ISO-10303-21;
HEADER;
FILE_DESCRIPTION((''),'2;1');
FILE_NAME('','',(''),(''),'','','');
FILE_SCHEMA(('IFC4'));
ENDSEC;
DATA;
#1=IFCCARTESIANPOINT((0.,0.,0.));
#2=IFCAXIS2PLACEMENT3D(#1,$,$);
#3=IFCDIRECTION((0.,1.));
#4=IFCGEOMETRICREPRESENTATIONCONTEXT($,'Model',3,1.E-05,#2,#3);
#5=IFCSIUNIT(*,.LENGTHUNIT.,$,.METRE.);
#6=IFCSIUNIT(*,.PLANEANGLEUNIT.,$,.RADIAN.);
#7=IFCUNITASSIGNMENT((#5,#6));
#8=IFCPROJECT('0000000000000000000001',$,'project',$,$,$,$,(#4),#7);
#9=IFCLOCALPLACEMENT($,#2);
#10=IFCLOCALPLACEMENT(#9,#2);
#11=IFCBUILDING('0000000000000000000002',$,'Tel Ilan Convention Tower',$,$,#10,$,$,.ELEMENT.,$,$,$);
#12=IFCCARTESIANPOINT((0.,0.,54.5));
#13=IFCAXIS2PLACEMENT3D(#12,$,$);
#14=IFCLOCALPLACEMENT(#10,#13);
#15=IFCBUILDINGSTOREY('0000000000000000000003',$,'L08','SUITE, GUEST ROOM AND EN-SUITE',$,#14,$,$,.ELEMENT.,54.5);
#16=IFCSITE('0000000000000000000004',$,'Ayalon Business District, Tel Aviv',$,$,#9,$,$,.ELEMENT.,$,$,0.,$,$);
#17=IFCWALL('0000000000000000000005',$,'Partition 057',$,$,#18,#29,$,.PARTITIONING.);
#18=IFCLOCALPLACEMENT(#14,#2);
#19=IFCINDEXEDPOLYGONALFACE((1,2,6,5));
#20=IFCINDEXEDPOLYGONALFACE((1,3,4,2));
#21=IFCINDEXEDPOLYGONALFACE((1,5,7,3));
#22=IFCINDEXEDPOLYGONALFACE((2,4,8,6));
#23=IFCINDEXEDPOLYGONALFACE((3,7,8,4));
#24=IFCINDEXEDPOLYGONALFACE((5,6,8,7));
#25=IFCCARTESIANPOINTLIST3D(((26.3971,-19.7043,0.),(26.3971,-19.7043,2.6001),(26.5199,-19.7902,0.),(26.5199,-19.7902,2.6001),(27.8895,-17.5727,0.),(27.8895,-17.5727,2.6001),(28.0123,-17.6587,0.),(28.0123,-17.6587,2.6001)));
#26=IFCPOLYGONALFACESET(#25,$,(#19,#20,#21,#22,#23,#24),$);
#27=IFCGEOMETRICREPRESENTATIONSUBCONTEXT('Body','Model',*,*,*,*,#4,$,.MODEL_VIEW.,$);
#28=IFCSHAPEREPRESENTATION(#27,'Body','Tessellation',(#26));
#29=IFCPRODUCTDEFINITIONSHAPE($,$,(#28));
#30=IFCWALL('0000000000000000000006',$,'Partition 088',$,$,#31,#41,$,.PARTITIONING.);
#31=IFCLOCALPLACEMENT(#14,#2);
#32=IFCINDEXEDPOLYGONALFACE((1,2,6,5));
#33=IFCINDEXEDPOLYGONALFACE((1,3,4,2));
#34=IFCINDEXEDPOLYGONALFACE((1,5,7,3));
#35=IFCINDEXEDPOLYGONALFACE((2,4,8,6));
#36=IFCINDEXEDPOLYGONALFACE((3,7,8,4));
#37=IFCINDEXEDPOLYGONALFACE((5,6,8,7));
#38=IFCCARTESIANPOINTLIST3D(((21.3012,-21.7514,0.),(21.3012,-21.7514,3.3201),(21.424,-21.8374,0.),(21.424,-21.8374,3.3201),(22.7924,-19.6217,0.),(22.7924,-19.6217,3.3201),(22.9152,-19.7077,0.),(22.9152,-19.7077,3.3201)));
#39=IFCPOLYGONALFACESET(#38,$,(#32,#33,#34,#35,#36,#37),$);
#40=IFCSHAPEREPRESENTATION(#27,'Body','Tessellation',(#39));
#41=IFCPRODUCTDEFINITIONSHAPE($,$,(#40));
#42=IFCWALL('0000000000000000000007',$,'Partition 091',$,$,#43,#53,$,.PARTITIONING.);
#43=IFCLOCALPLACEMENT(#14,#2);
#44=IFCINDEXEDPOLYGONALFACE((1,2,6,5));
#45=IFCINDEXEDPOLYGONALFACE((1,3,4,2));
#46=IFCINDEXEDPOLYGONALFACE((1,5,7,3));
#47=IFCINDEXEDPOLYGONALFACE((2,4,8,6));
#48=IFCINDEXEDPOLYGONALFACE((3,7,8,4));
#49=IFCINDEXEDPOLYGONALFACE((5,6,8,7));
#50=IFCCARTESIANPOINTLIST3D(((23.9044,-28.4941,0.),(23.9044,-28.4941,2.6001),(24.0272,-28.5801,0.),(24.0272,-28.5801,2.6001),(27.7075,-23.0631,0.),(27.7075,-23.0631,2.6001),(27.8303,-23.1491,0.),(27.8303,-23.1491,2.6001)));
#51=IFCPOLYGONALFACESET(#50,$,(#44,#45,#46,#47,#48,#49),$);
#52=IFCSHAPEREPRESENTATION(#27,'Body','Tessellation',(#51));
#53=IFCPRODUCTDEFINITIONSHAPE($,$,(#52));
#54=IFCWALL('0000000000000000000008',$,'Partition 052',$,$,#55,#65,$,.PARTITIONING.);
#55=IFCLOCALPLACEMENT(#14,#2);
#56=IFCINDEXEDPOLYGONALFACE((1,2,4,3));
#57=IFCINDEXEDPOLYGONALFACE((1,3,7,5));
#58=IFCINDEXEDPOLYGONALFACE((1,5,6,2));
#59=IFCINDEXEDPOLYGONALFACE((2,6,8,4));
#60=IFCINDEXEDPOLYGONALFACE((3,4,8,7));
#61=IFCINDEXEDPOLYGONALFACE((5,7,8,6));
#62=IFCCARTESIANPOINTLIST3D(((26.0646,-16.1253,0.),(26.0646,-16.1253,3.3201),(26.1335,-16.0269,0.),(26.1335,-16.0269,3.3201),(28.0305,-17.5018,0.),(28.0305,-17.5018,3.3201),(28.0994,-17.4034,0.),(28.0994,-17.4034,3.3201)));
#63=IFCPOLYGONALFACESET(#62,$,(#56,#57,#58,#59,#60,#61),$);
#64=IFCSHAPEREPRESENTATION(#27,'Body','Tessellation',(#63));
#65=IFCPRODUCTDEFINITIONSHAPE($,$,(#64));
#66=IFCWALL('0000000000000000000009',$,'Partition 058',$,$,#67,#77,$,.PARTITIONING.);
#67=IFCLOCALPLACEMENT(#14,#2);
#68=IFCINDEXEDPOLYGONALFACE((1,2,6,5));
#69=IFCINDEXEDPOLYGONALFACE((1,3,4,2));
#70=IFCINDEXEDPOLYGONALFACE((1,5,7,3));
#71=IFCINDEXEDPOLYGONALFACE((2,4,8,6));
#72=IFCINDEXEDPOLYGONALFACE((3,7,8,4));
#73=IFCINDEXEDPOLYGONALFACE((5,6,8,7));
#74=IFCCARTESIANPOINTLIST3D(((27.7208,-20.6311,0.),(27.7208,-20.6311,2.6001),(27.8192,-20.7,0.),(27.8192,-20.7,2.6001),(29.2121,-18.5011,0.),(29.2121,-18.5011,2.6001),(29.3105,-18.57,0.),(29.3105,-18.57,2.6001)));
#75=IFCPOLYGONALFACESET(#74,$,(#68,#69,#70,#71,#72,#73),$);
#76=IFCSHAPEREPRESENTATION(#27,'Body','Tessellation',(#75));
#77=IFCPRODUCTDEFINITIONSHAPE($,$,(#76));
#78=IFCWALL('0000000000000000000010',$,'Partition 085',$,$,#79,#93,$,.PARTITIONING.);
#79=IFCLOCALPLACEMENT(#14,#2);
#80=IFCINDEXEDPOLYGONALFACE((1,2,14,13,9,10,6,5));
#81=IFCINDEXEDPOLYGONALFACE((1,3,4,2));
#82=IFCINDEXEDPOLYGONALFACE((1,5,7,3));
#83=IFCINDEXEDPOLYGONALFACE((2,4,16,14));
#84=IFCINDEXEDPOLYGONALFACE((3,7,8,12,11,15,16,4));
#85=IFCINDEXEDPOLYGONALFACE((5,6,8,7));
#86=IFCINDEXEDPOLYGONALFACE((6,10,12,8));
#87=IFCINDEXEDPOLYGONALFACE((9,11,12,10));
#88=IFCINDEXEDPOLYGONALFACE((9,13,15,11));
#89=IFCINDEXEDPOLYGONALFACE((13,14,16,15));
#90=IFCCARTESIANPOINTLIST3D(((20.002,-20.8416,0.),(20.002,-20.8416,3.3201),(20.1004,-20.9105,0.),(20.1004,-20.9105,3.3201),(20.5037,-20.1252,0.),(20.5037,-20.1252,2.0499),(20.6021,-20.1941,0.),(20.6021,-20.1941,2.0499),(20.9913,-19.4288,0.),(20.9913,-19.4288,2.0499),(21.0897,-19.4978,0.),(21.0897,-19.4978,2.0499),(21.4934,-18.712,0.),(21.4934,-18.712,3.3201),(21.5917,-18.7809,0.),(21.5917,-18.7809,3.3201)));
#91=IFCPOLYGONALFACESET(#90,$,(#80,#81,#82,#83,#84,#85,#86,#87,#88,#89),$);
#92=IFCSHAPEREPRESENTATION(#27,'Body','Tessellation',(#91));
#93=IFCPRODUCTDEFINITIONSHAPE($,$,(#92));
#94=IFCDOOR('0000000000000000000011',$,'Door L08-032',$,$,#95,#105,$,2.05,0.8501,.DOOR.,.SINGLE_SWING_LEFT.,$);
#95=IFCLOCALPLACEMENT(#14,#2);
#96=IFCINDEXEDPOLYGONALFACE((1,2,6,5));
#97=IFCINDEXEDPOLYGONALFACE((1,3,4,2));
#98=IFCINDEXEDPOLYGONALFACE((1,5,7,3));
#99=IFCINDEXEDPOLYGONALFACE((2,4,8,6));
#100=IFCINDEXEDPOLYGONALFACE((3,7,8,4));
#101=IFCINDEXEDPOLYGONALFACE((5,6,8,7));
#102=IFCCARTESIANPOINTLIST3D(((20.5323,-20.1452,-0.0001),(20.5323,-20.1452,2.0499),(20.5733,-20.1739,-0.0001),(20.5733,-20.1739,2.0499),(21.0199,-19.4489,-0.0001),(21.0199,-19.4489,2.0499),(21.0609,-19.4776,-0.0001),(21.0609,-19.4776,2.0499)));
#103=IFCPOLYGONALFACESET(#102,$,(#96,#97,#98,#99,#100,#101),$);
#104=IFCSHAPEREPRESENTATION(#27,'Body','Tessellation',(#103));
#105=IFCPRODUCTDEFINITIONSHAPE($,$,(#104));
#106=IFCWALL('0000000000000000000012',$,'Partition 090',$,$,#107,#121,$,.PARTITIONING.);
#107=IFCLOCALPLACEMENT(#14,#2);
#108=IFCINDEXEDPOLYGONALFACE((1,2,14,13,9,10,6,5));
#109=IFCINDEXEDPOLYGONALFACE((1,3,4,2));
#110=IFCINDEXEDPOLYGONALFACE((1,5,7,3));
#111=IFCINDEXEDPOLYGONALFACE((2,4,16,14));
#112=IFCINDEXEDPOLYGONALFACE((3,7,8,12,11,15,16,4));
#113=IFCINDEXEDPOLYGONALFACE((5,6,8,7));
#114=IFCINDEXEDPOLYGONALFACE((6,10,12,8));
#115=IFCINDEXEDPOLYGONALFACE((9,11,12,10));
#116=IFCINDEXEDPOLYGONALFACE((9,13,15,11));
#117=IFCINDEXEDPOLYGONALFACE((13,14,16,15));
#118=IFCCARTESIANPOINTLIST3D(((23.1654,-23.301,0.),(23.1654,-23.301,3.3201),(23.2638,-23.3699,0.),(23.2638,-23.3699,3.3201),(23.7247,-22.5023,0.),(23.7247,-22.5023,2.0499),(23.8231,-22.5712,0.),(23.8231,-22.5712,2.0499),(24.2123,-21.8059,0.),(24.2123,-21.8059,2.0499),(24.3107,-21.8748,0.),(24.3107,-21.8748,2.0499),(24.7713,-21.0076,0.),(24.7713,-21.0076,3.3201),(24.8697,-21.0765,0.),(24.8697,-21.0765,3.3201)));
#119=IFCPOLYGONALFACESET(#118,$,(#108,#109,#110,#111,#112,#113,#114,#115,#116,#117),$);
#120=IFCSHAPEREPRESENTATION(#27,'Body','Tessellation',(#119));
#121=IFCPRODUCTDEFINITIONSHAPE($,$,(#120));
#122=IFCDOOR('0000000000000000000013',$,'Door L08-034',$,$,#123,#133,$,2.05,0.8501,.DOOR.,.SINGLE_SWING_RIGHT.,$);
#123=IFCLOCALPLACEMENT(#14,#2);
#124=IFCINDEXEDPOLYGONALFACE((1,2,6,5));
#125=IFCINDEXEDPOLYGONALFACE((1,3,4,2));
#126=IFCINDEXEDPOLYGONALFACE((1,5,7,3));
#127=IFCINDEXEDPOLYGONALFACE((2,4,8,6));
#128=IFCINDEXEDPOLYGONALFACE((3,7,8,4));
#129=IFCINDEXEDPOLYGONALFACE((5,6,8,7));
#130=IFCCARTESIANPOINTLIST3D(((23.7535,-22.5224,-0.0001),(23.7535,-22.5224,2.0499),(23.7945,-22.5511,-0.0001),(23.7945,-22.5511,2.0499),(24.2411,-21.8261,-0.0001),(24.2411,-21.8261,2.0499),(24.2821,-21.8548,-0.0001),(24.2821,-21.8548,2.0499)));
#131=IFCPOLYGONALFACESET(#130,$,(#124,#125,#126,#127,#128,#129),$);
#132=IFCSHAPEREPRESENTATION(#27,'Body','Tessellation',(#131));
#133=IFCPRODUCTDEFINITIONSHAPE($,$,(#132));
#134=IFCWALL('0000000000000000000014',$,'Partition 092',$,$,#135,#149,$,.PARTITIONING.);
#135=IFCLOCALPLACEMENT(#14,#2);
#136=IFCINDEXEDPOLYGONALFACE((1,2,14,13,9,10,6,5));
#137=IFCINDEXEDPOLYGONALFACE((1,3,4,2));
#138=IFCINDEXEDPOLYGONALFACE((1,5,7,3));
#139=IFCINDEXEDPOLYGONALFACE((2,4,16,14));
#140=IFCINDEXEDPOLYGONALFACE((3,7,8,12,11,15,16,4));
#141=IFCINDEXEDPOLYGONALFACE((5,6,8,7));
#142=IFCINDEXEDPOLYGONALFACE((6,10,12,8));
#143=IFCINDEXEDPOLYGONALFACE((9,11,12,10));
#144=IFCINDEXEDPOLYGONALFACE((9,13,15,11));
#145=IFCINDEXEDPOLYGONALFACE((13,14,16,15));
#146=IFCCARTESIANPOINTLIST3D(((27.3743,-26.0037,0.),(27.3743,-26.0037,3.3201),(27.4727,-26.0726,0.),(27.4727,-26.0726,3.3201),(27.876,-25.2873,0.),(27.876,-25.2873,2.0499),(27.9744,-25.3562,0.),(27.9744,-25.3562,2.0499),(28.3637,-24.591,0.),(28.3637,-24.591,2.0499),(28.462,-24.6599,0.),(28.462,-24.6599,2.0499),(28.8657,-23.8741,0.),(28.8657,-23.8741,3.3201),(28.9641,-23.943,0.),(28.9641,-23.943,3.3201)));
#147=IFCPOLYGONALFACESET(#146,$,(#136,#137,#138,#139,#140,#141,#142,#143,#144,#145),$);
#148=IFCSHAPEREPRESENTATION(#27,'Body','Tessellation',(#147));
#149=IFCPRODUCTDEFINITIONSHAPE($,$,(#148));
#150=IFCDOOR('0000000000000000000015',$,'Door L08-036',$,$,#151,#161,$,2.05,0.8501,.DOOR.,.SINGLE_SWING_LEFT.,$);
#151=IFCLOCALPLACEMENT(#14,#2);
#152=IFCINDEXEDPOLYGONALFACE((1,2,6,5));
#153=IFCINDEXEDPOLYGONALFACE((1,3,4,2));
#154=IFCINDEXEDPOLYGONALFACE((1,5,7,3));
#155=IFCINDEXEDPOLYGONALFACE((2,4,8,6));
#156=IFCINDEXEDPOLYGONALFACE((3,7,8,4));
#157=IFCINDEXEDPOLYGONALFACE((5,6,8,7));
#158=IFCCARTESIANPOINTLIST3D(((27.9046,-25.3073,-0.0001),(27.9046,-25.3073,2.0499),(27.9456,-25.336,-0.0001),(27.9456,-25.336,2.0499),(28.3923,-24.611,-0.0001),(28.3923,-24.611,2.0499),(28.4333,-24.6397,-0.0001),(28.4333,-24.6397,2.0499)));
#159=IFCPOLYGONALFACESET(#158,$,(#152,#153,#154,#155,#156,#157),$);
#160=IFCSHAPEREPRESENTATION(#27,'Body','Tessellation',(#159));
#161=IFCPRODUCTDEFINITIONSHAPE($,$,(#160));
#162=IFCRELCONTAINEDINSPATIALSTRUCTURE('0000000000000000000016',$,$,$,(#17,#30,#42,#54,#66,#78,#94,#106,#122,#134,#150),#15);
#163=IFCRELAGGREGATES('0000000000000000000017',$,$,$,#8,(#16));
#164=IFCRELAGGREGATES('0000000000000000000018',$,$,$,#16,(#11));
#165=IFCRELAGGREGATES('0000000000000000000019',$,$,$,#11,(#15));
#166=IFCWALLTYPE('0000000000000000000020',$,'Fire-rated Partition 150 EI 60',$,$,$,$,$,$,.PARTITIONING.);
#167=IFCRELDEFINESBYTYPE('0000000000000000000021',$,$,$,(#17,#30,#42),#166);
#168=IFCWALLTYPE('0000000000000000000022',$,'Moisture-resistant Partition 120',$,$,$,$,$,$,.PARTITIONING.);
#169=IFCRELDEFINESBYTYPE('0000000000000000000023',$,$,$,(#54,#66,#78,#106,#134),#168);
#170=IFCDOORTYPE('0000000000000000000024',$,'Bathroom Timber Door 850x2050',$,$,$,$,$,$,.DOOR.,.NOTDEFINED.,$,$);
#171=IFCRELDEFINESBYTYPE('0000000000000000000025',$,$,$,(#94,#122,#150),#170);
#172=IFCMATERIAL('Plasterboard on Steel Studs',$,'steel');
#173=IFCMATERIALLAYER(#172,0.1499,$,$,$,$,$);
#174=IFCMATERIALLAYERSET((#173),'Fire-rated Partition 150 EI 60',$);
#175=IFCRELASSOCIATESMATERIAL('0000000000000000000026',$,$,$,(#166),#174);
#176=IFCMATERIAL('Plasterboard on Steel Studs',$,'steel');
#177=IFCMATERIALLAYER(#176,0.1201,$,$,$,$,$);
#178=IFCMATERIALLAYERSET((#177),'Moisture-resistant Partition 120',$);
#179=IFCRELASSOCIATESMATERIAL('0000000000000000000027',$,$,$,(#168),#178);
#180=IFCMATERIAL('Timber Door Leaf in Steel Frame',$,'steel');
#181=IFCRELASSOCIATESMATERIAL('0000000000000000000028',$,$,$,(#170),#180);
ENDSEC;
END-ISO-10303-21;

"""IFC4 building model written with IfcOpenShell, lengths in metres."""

from ifc_helpers import new_model, si_unit, direction, frame, frame_2d, origin, place, context, subcontext, project, spatial, rectangle, extrude, material, layer, layer_set, type_object, element, fill, save


model = new_model("IFC4")

# Units and contexts
model_context = context("Model", 3, precision=1e-05, world=origin(), true_north=direction((0.0, 1.0)))
body_context = subcontext(model_context, "Body", "Model", "MODEL_VIEW")
ifc_project = project(units=[si_unit("LENGTHUNIT", "METRE"), si_unit("PLANEANGLEUNIT", "RADIAN")], contexts=[model_context])

# Site, building, storey
site_placement = place(None, origin())
site = spatial("IfcSite", under=ifc_project, at=site_placement, Name="Ayalon Business District, Tel Aviv", CompositionType="ELEMENT", RefElevation=0.0)
building_placement = place(site_placement, origin())
building = spatial("IfcBuilding", under=site, at=building_placement, Name="Tel Ilan Convention Tower", CompositionType="ELEMENT")
storey_placement = place(building_placement, frame((0.0, 0.0, 54.5)))
storey = spatial("IfcBuildingStorey", under=building, at=storey_placement, Name="L08", Description="SUITE, GUEST ROOM AND EN-SUITE", CompositionType="ELEMENT", Elevation=54.5)

# Shared definitions
ifc_material_1 = material(Name="Plasterboard on Steel Studs", Category="steel")
ifc_layer_1 = layer(ifc_material_1, 0.1499)
ifc_layer_set_1 = layer_set([ifc_layer_1], Name="Fire-rated Partition 150 EI 60")
wall_type_1 = type_object("IfcWallType", Name="Fire-rated Partition 150 EI 60", PredefinedType="PARTITIONING", material=ifc_layer_set_1)

# Walls
wall_1_placement = place(storey_placement, frame((27.9509, -17.6157, 0.0), z_axis=(0.0, 0.0, 1.0), x_axis=(-0.573544, -0.819175, 0.0)))
element("IfcWall", 1, at=wall_1_placement, inside=storey, type_object=wall_type_1, Name="Partition 057", PredefinedType="PARTITIONING", context=body_context, shape_type="SweptSolid", body=[
    extrude(rectangle(XDim=2.6021, YDim=0.1499, at=frame_2d((1.301, 0.0))), origin(), (0.0, 0.0, 1.0), 2.6001),
])
wall_2_placement = place(storey_placement, frame((22.8538, -19.6648, 0.0), z_axis=(0.0, 0.0, 1.0), x_axis=(-0.573582, -0.819148, 0.0)))
element("IfcWall", 2, at=wall_2_placement, inside=storey, type_object=wall_type_1, Name="Partition 088", PredefinedType="PARTITIONING", context=body_context, shape_type="SweptSolid", body=[
    extrude(rectangle(XDim=2.5999, YDim=0.1499, at=frame_2d((1.2998, 0.0))), origin(), (0.0, 0.0, 1.0), 3.3201),
])
wall_3_placement = place(storey_placement, frame((27.7688, -23.1062, 0.0), z_axis=(0.0, 0.0, 1.0), x_axis=(-0.573598, -0.819137, 0.0)))
element("IfcWall", 3, at=wall_3_placement, inside=storey, type_object=wall_type_1, Name="Partition 091", PredefinedType="PARTITIONING", context=body_context, shape_type="SweptSolid", body=[
    extrude(rectangle(XDim=6.6301, YDim=0.1499, at=frame_2d((3.3149, 0.0))), origin(), (0.0, 0.0, 1.0), 2.6001),
])
ifc_material_2 = material(Name="Plasterboard on Steel Studs", Category="steel")
ifc_layer_2 = layer(ifc_material_2, 0.1201)
ifc_layer_set_2 = layer_set([ifc_layer_2], Name="Moisture-resistant Partition 120")
wall_type_2 = type_object("IfcWallType", Name="Moisture-resistant Partition 120", PredefinedType="PARTITIONING", material=ifc_layer_set_2)
wall_4_placement = place(storey_placement, frame((28.0649, -17.4526, 0.0), z_axis=(0.0, 0.0, 1.0), x_axis=(-0.819155, 0.573572, 0.0)))
element("IfcWall", 4, at=wall_4_placement, inside=storey, type_object=wall_type_2, Name="Partition 052", PredefinedType="PARTITIONING", context=body_context, shape_type="SweptSolid", body=[
    extrude(rectangle(XDim=2.3999, YDim=0.1201, at=frame_2d((1.2, 0.0))), origin(), (0.0, 0.0, 1.0), 3.3201),
])
wall_5_placement = place(storey_placement, frame((27.77, -20.6655, 0.0), z_axis=(0.0, 0.0, 1.0), x_axis=(0.573538, 0.819179, 0.0)))
element("IfcWall", 5, at=wall_5_placement, inside=storey, type_object=wall_type_2, Name="Partition 058", PredefinedType="PARTITIONING", context=body_context, shape_type="SweptSolid", body=[
    extrude(rectangle(XDim=2.6001, YDim=0.1201, at=frame_2d((1.3, 0.0))), origin(), (0.0, 0.0, 1.0), 2.6001),
])

# Walls, openings, doors
wall_6_placement = place(storey_placement, frame((21.5425, -18.7466, 0.0), z_axis=(0.0, 0.0, 1.0), x_axis=(-0.573645, -0.819104, 0.0)))
wall_6 = element("IfcWall", 6, at=wall_6_placement, inside=storey, type_object=wall_type_2, Name="Partition 085", PredefinedType="PARTITIONING", context=body_context, shape_type="SweptSolid", body=[
    extrude(rectangle(XDim=2.5999, YDim=0.1201, at=frame_2d((1.2998, 0.0))), origin(), (0.0, 0.0, 1.0), 3.3201),
])
opening_1_placement = place(wall_6_placement, frame((0.875, 0.0, 0.0)))
opening_1 = element("IfcOpeningElement", 7, at=opening_1_placement, cuts=wall_6, PredefinedType="OPENING", context=body_context, shape_type="SweptSolid", body=[
    extrude(rectangle(XDim=0.8501, YDim=2.05, at=frame_2d((0.425, 1.0249))), frame((0.0, 0.0701, 0.0), z_axis=(0.0, -1.0, 0.0), x_axis=(1.0, 0.0, 0.0)), (0.0, 0.0, 1.0), 0.1401),
])
ifc_material_3 = material(Name="Timber Door Leaf in Steel Frame", Category="steel")
door_type_1 = type_object("IfcDoorType", Name="Bathroom Timber Door 850x2050", OperationType="NOTDEFINED", PredefinedType="DOOR", material=ifc_material_3)
door_1_placement = place(opening_1_placement, origin())
door_1 = element("IfcDoor", 8, at=door_1_placement, inside=storey, type_object=door_type_1, Name="Door L08-032", OperationType="SINGLE_SWING_LEFT", OverallHeight=2.05, OverallWidth=0.8501, PredefinedType="DOOR", context=body_context, shape_type="SweptSolid", body=[
    extrude(rectangle(XDim=0.8501, YDim=2.05, at=frame_2d((0.425, 1.0249))), frame((0.0, 0.0249, 0.0), z_axis=(0.0, -1.0, 0.0), x_axis=(1.0, 0.0, 0.0)), (0.0, 0.0, 1.0), 0.05),
])
fill(opening_1, door_1)
wall_7_placement = place(storey_placement, frame((23.2146, -23.3354, 0.0), z_axis=(0.0, 0.0, 1.0), x_axis=(0.573591, 0.819142, 0.0)))
wall_7 = element("IfcWall", 9, at=wall_7_placement, inside=storey, type_object=wall_type_2, Name="Partition 090", PredefinedType="PARTITIONING", context=body_context, shape_type="SweptSolid", body=[
    extrude(rectangle(XDim=2.7998, YDim=0.1201, at=frame_2d((1.3999, 0.0))), origin(), (0.0, 0.0, 1.0), 3.3201),
])
opening_2_placement = place(wall_7_placement, frame((0.9751, 0.0, 0.0)))
opening_2 = element("IfcOpeningElement", 10, at=opening_2_placement, cuts=wall_7, PredefinedType="OPENING", context=body_context, shape_type="SweptSolid", body=[
    extrude(rectangle(XDim=0.8501, YDim=2.05, at=frame_2d((0.425, 1.0249))), frame((0.0, 0.0701, 0.0), z_axis=(0.0, -1.0, 0.0), x_axis=(1.0, 0.0, 0.0)), (0.0, 0.0, 1.0), 0.1401),
])
door_2_placement = place(opening_2_placement, origin())
door_2 = element("IfcDoor", 11, at=door_2_placement, inside=storey, type_object=door_type_1, Name="Door L08-034", OperationType="SINGLE_SWING_RIGHT", OverallHeight=2.05, OverallWidth=0.8501, PredefinedType="DOOR", context=body_context, shape_type="SweptSolid", body=[
    extrude(rectangle(XDim=0.8501, YDim=2.05, at=frame_2d((0.425, 1.0249))), frame((0.0, 0.0249, 0.0), z_axis=(0.0, -1.0, 0.0), x_axis=(1.0, 0.0, 0.0)), (0.0, 0.0, 1.0), 0.05),
])
fill(opening_2, door_2)
wall_8_placement = place(storey_placement, frame((28.9148, -23.9087, 0.0), z_axis=(0.0, 0.0, 1.0), x_axis=(-0.573645, -0.819104, 0.0)))
wall_8 = element("IfcWall", 12, at=wall_8_placement, inside=storey, type_object=wall_type_2, Name="Partition 092", PredefinedType="PARTITIONING", context=body_context, shape_type="SweptSolid", body=[
    extrude(rectangle(XDim=2.5999, YDim=0.1201, at=frame_2d((1.2998, 0.0))), origin(), (0.0, 0.0, 1.0), 3.3201),
])
opening_3_placement = place(wall_8_placement, frame((0.875, 0.0, 0.0)))
opening_3 = element("IfcOpeningElement", 13, at=opening_3_placement, cuts=wall_8, PredefinedType="OPENING", context=body_context, shape_type="SweptSolid", body=[
    extrude(rectangle(XDim=0.8501, YDim=2.05, at=frame_2d((0.425, 1.0249))), frame((0.0, 0.0701, 0.0), z_axis=(0.0, -1.0, 0.0), x_axis=(1.0, 0.0, 0.0)), (0.0, 0.0, 1.0), 0.1401),
])
door_3_placement = place(opening_3_placement, origin())
door_3 = element("IfcDoor", 14, at=door_3_placement, inside=storey, type_object=door_type_1, Name="Door L08-036", OperationType="SINGLE_SWING_LEFT", OverallHeight=2.05, OverallWidth=0.8501, PredefinedType="DOOR", context=body_context, shape_type="SweptSolid", body=[
    extrude(rectangle(XDim=0.8501, YDim=2.05, at=frame_2d((0.425, 1.0249))), frame((0.0, 0.0249, 0.0), z_axis=(0.0, -1.0, 0.0), x_axis=(1.0, 0.0, 0.0)), (0.0, 0.0, 1.0), 0.05),
])
fill(opening_3, door_3)

save(model, "model.ifc")
